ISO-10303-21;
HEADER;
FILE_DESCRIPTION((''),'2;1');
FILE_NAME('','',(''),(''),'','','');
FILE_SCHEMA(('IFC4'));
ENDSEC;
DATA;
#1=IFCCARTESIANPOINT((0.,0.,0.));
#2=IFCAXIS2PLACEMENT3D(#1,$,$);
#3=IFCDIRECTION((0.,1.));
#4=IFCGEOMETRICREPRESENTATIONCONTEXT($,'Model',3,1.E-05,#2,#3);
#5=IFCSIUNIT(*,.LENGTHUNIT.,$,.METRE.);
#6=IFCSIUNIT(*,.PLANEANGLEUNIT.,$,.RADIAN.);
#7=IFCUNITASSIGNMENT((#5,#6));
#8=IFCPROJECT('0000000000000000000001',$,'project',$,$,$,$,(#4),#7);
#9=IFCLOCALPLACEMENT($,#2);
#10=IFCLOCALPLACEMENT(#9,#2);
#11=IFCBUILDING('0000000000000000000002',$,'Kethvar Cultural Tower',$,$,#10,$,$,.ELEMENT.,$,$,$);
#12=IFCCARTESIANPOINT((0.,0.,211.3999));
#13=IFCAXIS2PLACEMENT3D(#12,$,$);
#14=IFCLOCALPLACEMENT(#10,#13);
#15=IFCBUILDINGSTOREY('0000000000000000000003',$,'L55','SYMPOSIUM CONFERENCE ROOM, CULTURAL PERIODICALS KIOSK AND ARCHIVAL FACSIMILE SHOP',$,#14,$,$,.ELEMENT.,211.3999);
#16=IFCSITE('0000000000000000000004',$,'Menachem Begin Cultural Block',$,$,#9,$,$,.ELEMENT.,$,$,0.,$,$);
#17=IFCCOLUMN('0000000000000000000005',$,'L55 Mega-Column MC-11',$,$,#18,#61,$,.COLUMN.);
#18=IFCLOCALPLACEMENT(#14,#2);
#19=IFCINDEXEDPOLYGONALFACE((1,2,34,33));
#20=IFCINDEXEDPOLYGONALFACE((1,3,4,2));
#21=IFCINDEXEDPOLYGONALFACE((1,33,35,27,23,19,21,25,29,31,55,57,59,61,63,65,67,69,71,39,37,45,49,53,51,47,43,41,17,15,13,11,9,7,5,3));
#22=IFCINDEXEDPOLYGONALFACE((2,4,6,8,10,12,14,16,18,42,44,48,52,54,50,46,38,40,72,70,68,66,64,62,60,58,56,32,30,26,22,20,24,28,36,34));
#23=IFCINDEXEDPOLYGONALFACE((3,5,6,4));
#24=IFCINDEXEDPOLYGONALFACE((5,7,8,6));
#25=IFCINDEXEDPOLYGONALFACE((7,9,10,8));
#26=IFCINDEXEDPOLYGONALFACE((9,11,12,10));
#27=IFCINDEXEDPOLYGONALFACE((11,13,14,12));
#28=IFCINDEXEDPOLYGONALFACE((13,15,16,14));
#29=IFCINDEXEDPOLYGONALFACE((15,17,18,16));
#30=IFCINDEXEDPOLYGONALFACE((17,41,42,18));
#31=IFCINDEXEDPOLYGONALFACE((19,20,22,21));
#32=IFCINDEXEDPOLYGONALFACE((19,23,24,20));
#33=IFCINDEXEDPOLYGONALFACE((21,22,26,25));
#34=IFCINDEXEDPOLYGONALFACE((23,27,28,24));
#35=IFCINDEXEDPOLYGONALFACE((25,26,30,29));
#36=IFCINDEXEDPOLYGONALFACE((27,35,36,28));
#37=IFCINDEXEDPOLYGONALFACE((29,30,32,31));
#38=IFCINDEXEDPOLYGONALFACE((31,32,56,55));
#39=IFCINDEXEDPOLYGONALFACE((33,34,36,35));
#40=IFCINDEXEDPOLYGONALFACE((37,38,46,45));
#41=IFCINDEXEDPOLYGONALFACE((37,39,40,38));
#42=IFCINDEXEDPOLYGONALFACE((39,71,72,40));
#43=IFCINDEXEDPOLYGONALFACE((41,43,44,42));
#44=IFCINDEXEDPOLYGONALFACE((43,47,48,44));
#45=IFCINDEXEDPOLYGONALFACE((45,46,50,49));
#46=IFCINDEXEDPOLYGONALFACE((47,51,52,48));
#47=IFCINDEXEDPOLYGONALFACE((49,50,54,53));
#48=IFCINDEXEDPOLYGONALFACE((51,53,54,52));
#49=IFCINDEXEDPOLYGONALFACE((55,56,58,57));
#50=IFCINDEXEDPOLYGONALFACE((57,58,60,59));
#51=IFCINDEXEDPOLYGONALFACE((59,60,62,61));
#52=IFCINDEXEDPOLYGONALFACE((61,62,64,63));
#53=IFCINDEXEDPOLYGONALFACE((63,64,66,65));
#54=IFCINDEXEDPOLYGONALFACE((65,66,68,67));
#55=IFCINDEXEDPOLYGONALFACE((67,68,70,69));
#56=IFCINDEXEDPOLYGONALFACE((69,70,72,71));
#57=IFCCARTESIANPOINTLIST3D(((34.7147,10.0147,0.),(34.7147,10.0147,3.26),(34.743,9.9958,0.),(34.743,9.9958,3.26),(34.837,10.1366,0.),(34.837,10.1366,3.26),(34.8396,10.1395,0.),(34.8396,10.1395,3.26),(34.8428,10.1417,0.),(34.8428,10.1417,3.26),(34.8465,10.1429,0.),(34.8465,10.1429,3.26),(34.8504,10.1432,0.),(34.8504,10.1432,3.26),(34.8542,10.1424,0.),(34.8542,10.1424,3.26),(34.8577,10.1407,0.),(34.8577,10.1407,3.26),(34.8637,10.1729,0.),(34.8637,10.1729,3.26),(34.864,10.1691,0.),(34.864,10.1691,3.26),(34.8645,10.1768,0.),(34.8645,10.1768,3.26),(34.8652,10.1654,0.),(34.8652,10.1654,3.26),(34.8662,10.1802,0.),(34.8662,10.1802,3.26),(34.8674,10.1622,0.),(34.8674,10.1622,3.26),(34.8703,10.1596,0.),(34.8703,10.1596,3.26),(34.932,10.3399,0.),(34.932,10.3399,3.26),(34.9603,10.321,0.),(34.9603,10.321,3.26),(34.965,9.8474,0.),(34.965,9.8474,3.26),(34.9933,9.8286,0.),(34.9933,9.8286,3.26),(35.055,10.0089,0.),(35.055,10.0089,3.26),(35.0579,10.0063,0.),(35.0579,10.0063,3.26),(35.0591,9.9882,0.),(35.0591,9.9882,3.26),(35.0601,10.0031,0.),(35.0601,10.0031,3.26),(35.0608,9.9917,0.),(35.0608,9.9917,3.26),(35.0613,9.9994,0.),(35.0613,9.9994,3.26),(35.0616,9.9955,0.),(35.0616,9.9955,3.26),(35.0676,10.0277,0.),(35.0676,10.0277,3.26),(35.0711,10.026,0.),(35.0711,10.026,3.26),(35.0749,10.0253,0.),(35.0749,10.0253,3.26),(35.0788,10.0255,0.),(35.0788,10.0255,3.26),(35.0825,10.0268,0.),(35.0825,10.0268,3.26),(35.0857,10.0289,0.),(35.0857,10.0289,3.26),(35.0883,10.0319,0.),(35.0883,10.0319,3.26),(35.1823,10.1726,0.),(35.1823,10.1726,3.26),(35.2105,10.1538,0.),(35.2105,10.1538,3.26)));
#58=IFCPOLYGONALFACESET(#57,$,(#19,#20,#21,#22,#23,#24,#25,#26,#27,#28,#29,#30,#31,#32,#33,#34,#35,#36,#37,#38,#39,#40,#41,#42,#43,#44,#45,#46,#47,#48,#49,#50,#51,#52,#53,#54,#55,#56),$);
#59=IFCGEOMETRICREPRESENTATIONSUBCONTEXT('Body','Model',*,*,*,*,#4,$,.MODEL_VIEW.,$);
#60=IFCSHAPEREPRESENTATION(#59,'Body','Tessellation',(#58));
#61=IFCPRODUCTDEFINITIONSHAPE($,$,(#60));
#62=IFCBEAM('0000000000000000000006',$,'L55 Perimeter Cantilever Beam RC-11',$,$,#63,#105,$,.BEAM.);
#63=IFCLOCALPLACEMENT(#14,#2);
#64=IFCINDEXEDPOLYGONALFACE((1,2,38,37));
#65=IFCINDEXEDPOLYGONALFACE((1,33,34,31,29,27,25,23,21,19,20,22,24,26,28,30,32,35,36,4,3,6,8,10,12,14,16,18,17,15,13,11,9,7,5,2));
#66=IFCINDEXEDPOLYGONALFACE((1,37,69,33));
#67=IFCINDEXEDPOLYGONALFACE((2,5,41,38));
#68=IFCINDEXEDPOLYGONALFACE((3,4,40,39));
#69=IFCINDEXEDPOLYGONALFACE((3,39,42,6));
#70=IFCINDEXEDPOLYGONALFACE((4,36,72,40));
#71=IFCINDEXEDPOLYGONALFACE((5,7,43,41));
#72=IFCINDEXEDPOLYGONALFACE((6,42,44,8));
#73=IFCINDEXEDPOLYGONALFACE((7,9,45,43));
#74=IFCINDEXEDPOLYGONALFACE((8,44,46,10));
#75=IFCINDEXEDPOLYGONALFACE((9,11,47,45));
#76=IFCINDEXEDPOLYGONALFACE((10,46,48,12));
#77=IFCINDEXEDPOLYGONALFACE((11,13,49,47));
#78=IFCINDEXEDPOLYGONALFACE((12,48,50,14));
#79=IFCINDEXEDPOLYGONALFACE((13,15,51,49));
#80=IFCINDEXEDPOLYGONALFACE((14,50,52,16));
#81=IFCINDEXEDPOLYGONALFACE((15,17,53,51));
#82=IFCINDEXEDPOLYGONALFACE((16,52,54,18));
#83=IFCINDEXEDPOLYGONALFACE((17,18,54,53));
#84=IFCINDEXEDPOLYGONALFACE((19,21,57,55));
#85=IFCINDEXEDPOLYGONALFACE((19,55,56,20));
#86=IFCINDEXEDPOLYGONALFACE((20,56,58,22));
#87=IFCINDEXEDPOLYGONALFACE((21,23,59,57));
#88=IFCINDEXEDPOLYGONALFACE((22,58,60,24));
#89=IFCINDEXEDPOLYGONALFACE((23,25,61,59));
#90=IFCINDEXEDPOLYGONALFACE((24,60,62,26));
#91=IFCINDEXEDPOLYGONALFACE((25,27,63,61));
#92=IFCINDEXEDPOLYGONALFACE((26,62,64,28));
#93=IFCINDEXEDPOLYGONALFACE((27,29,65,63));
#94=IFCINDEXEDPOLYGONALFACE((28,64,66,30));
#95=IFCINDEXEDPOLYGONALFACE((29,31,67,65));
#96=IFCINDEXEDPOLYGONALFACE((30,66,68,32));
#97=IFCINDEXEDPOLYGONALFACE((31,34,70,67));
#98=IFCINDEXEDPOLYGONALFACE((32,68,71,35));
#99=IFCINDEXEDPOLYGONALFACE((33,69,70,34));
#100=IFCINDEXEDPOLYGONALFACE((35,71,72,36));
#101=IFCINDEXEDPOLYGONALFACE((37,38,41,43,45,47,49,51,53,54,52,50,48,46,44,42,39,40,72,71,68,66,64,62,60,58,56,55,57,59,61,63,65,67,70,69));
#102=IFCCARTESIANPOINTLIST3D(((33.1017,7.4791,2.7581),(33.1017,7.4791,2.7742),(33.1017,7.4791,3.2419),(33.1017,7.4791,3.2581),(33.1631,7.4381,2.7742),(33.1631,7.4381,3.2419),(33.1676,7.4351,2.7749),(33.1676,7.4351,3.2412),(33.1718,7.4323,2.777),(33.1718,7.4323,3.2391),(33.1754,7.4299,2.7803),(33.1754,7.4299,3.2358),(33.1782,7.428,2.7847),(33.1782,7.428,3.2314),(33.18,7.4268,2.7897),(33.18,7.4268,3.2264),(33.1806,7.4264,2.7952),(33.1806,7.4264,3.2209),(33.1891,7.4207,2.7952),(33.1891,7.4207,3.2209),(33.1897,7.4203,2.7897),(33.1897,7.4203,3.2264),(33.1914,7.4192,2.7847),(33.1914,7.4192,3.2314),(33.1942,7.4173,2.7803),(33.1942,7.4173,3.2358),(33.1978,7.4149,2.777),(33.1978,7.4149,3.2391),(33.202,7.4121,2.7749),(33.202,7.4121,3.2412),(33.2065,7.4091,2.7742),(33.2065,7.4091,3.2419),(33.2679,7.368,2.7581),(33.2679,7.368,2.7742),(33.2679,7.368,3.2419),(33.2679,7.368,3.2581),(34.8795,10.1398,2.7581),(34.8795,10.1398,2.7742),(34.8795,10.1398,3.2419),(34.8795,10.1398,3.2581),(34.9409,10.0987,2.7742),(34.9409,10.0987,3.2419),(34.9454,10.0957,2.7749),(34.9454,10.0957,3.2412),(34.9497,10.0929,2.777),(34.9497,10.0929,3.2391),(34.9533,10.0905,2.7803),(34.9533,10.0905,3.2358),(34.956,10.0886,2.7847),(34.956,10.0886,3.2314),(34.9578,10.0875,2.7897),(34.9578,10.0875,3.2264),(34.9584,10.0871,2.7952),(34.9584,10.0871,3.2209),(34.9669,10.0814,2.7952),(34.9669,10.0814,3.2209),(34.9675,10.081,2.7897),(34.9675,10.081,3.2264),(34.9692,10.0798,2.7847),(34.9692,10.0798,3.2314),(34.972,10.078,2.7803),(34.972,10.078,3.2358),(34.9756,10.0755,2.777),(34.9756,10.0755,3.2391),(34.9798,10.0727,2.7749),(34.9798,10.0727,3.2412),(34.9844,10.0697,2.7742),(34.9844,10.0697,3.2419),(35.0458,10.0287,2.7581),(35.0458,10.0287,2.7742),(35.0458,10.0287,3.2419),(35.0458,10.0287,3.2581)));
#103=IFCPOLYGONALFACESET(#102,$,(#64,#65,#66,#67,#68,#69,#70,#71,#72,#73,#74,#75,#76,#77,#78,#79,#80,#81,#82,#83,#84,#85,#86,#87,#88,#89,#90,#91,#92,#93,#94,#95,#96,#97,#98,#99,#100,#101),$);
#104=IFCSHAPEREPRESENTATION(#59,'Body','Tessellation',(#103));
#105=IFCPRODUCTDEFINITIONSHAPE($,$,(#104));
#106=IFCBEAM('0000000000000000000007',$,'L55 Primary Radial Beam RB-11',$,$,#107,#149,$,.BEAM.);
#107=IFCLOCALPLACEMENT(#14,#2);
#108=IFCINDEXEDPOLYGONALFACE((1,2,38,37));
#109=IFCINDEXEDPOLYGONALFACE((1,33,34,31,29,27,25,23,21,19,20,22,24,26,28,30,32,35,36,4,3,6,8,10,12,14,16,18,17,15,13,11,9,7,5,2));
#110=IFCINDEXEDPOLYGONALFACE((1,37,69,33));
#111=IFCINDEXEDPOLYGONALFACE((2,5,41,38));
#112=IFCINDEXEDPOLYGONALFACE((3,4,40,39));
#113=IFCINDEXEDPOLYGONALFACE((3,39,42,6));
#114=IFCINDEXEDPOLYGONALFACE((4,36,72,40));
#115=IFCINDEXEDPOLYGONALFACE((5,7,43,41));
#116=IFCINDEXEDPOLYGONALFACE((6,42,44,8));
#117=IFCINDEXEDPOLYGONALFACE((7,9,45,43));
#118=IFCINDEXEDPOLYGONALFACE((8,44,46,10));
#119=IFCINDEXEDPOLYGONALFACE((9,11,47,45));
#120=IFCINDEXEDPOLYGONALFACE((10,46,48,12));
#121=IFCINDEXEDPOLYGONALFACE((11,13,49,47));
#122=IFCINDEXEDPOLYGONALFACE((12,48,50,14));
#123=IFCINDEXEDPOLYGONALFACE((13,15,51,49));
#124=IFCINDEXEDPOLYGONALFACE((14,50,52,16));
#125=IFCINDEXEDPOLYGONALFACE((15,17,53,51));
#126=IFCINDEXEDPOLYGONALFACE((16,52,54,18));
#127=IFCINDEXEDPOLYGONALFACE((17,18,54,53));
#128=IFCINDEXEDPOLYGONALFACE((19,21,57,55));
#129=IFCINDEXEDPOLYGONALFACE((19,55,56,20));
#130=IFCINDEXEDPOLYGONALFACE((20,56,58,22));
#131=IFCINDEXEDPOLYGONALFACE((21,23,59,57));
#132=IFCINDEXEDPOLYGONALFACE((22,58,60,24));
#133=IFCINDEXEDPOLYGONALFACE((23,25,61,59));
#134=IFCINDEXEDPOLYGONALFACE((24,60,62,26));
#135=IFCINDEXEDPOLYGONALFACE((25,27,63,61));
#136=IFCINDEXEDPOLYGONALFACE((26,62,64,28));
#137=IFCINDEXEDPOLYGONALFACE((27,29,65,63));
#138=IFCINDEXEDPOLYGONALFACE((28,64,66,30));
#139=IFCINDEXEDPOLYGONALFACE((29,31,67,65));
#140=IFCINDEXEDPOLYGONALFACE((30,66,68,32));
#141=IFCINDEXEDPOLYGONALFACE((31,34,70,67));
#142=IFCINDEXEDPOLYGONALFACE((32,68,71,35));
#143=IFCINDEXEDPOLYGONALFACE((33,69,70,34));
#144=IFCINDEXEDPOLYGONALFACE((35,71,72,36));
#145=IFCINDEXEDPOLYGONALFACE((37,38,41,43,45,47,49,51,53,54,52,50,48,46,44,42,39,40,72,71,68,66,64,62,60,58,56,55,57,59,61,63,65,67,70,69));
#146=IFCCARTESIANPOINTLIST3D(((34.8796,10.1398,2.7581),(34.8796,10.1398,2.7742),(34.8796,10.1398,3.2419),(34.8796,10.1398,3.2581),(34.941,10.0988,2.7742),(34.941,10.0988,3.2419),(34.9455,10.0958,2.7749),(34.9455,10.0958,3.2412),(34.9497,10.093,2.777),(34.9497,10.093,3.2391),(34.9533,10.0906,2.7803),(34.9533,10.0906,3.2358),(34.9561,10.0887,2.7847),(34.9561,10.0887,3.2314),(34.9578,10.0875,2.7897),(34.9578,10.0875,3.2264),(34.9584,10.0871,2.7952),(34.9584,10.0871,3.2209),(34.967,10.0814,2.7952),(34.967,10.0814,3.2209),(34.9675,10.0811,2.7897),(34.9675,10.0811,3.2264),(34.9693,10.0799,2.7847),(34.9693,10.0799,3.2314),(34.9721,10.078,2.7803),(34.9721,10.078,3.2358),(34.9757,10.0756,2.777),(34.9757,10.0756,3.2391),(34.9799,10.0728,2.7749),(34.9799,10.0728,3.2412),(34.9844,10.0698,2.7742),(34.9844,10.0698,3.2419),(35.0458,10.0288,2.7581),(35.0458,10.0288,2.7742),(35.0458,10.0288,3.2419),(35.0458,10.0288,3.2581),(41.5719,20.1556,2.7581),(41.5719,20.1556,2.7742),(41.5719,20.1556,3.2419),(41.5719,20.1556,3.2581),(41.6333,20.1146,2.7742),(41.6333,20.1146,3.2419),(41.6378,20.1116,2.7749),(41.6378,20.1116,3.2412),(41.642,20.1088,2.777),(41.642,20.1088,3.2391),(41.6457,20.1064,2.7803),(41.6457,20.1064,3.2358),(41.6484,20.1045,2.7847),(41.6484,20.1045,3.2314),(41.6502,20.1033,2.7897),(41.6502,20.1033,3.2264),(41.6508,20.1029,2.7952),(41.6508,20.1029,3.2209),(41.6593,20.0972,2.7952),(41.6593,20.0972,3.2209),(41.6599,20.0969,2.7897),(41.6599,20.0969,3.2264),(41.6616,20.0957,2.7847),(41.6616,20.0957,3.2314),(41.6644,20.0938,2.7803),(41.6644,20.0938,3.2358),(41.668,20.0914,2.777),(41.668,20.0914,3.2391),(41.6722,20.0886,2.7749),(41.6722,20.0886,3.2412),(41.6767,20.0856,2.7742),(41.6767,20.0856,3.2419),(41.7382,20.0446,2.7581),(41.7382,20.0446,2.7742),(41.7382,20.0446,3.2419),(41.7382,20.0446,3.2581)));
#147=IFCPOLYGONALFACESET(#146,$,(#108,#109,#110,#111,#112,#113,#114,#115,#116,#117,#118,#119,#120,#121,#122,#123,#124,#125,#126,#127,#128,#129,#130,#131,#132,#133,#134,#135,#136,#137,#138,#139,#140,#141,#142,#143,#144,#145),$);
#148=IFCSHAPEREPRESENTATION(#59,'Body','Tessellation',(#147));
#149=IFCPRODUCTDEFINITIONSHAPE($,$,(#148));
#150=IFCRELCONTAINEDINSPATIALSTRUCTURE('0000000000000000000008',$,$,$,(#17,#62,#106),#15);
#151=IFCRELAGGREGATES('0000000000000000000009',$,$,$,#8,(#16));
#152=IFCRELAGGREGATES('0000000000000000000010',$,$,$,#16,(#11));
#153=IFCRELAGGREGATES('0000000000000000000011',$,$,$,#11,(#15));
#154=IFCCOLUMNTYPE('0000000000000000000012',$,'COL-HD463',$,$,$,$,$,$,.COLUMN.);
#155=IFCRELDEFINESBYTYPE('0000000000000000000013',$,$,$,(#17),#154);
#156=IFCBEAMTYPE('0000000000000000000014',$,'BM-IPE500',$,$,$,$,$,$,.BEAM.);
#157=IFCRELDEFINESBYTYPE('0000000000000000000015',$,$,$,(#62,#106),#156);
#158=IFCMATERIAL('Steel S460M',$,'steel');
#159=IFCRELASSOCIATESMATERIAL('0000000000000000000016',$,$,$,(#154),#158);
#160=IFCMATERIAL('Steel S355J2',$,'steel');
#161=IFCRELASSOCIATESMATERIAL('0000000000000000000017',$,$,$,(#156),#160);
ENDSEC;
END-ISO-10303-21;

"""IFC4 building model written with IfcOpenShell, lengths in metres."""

from ifc_helpers import new_model, si_unit, direction, frame, origin, origin_2d, place, context, subcontext, project, spatial, i_section, extrude, source, transform, mapped, material, material_profile, profile_set, type_object, element, save


model = new_model("IFC4")

# Units and contexts
model_context = context("Model", 3, precision=1e-05, world=origin(), true_north=direction((0.0, 1.0)))
body_context = subcontext(model_context, "Body", "Model", "MODEL_VIEW")
ifc_project = project(units=[si_unit("LENGTHUNIT", "METRE"), si_unit("PLANEANGLEUNIT", "RADIAN")], contexts=[model_context])

# Site, building, storey
site_placement = place(None, origin())
site = spatial("IfcSite", under=ifc_project, at=site_placement, Name="Menachem Begin Cultural Block", CompositionType="ELEMENT", RefElevation=0.0)
building_placement = place(site_placement, origin())
building = spatial("IfcBuilding", under=site, at=building_placement, Name="Kethvar Cultural Tower", CompositionType="ELEMENT")
storey_placement = place(building_placement, frame((0.0, 0.0, 211.3999)))
storey = spatial("IfcBuildingStorey", under=building, at=storey_placement, Name="L55", Description="SYMPOSIUM CONFERENCE ROOM, CULTURAL PERIODICALS KIOSK AND ARCHIVAL FACSIMILE SHOP", CompositionType="ELEMENT", Elevation=211.3999)

# Column
ifc_material_1 = material(Name="Steel S460M", Category="steel")
ifc_material_profile_1 = material_profile(ifc_material_1, i_section(OverallWidth=0.3911, OverallDepth=0.335, WebThickness=0.0227, FlangeThickness=0.0339, FilletRadius=0.0149, at=origin_2d()), Name="Steel S460M — HD400x463")
ifc_profile_set_1 = profile_set([ifc_material_profile_1], Name="Steel S460M — HD400x463")
column_type = type_object("IfcColumnType", Name="COL-HD463", PredefinedType="COLUMN", material=ifc_profile_set_1)
shared_shape_1 = source(origin(), body_context, "Body", "SweptSolid", [
    extrude(i_section(OverallWidth=0.3911, OverallDepth=0.335, WebThickness=0.0227, FlangeThickness=0.0339, FilletRadius=0.0149, at=origin_2d()), origin(), (0.0, 0.0, 1.0), 3.26),
])
column_placement = place(storey_placement, frame((34.9626, 10.0842, 0.0), z_axis=(0.0, 0.0, 1.0), x_axis=(-0.55557, -0.83147, 0.0)))
element("IfcColumn", 1, at=column_placement, inside=storey, type_object=column_type, Name="L55 Mega-Column MC-11", PredefinedType="COLUMN", context=body_context, shape_type="MappedRepresentation", body=[
    mapped(shared_shape_1, transform((0.0, 0.0, 0.0), scale=1.0)),
])

# Beams
ifc_material_2 = material(Name="Steel S355J2", Category="steel")
ifc_material_profile_2 = material_profile(ifc_material_2, i_section(OverallWidth=0.2, OverallDepth=0.5, WebThickness=0.0103, FlangeThickness=0.0161, FilletRadius=0.021, at=origin_2d()), Name="Steel S355J2 — IPE500")
ifc_profile_set_2 = profile_set([ifc_material_profile_2], Name="Steel S355J2 — IPE500")
beam_type_1 = type_object("IfcBeamType", Name="BM-IPE500", PredefinedType="BEAM", material=ifc_profile_set_2)
shared_shape_2 = source(origin(), body_context, "Body", "SweptSolid", [
    extrude(i_section(OverallWidth=0.2, OverallDepth=0.5, WebThickness=0.0103, FlangeThickness=0.0161, FilletRadius=0.021, at=origin_2d()), origin(), (0.0, 0.0, 1.0), 3.2),
])
beam_1_placement = place(storey_placement, frame((34.9626, 10.0842, 3.0081), z_axis=(-0.55558, -0.831463, 0.0), x_axis=(0.831463, -0.55558, 0.0)))
element("IfcBeam", 2, at=beam_1_placement, inside=storey, type_object=beam_type_1, Name="L55 Perimeter Cantilever Beam RC-11", PredefinedType="BEAM", context=body_context, shape_type="MappedRepresentation", body=[
    mapped(shared_shape_2, transform((0.0, 0.0, 0.0), scale=1.0)),
])
shared_shape_3 = source(origin(), body_context, "Body", "SweptSolid", [
    extrude(i_section(OverallWidth=0.2, OverallDepth=0.5, WebThickness=0.0103, FlangeThickness=0.0161, FilletRadius=0.021, at=origin_2d()), origin(), (0.0, 0.0, 1.0), 12.0459),
])
beam_2_placement = place(storey_placement, frame((41.655, 20.1001, 3.0081), z_axis=(-0.55557, -0.83147, 0.0), x_axis=(0.83147, -0.55557, 0.0)))
element("IfcBeam", 3, at=beam_2_placement, inside=storey, type_object=beam_type_1, Name="L55 Primary Radial Beam RB-11", PredefinedType="BEAM", context=body_context, shape_type="MappedRepresentation", body=[
    mapped(shared_shape_3, transform((0.0, 0.0, 0.0), scale=1.0)),
])

save(model, "model.ifc")
